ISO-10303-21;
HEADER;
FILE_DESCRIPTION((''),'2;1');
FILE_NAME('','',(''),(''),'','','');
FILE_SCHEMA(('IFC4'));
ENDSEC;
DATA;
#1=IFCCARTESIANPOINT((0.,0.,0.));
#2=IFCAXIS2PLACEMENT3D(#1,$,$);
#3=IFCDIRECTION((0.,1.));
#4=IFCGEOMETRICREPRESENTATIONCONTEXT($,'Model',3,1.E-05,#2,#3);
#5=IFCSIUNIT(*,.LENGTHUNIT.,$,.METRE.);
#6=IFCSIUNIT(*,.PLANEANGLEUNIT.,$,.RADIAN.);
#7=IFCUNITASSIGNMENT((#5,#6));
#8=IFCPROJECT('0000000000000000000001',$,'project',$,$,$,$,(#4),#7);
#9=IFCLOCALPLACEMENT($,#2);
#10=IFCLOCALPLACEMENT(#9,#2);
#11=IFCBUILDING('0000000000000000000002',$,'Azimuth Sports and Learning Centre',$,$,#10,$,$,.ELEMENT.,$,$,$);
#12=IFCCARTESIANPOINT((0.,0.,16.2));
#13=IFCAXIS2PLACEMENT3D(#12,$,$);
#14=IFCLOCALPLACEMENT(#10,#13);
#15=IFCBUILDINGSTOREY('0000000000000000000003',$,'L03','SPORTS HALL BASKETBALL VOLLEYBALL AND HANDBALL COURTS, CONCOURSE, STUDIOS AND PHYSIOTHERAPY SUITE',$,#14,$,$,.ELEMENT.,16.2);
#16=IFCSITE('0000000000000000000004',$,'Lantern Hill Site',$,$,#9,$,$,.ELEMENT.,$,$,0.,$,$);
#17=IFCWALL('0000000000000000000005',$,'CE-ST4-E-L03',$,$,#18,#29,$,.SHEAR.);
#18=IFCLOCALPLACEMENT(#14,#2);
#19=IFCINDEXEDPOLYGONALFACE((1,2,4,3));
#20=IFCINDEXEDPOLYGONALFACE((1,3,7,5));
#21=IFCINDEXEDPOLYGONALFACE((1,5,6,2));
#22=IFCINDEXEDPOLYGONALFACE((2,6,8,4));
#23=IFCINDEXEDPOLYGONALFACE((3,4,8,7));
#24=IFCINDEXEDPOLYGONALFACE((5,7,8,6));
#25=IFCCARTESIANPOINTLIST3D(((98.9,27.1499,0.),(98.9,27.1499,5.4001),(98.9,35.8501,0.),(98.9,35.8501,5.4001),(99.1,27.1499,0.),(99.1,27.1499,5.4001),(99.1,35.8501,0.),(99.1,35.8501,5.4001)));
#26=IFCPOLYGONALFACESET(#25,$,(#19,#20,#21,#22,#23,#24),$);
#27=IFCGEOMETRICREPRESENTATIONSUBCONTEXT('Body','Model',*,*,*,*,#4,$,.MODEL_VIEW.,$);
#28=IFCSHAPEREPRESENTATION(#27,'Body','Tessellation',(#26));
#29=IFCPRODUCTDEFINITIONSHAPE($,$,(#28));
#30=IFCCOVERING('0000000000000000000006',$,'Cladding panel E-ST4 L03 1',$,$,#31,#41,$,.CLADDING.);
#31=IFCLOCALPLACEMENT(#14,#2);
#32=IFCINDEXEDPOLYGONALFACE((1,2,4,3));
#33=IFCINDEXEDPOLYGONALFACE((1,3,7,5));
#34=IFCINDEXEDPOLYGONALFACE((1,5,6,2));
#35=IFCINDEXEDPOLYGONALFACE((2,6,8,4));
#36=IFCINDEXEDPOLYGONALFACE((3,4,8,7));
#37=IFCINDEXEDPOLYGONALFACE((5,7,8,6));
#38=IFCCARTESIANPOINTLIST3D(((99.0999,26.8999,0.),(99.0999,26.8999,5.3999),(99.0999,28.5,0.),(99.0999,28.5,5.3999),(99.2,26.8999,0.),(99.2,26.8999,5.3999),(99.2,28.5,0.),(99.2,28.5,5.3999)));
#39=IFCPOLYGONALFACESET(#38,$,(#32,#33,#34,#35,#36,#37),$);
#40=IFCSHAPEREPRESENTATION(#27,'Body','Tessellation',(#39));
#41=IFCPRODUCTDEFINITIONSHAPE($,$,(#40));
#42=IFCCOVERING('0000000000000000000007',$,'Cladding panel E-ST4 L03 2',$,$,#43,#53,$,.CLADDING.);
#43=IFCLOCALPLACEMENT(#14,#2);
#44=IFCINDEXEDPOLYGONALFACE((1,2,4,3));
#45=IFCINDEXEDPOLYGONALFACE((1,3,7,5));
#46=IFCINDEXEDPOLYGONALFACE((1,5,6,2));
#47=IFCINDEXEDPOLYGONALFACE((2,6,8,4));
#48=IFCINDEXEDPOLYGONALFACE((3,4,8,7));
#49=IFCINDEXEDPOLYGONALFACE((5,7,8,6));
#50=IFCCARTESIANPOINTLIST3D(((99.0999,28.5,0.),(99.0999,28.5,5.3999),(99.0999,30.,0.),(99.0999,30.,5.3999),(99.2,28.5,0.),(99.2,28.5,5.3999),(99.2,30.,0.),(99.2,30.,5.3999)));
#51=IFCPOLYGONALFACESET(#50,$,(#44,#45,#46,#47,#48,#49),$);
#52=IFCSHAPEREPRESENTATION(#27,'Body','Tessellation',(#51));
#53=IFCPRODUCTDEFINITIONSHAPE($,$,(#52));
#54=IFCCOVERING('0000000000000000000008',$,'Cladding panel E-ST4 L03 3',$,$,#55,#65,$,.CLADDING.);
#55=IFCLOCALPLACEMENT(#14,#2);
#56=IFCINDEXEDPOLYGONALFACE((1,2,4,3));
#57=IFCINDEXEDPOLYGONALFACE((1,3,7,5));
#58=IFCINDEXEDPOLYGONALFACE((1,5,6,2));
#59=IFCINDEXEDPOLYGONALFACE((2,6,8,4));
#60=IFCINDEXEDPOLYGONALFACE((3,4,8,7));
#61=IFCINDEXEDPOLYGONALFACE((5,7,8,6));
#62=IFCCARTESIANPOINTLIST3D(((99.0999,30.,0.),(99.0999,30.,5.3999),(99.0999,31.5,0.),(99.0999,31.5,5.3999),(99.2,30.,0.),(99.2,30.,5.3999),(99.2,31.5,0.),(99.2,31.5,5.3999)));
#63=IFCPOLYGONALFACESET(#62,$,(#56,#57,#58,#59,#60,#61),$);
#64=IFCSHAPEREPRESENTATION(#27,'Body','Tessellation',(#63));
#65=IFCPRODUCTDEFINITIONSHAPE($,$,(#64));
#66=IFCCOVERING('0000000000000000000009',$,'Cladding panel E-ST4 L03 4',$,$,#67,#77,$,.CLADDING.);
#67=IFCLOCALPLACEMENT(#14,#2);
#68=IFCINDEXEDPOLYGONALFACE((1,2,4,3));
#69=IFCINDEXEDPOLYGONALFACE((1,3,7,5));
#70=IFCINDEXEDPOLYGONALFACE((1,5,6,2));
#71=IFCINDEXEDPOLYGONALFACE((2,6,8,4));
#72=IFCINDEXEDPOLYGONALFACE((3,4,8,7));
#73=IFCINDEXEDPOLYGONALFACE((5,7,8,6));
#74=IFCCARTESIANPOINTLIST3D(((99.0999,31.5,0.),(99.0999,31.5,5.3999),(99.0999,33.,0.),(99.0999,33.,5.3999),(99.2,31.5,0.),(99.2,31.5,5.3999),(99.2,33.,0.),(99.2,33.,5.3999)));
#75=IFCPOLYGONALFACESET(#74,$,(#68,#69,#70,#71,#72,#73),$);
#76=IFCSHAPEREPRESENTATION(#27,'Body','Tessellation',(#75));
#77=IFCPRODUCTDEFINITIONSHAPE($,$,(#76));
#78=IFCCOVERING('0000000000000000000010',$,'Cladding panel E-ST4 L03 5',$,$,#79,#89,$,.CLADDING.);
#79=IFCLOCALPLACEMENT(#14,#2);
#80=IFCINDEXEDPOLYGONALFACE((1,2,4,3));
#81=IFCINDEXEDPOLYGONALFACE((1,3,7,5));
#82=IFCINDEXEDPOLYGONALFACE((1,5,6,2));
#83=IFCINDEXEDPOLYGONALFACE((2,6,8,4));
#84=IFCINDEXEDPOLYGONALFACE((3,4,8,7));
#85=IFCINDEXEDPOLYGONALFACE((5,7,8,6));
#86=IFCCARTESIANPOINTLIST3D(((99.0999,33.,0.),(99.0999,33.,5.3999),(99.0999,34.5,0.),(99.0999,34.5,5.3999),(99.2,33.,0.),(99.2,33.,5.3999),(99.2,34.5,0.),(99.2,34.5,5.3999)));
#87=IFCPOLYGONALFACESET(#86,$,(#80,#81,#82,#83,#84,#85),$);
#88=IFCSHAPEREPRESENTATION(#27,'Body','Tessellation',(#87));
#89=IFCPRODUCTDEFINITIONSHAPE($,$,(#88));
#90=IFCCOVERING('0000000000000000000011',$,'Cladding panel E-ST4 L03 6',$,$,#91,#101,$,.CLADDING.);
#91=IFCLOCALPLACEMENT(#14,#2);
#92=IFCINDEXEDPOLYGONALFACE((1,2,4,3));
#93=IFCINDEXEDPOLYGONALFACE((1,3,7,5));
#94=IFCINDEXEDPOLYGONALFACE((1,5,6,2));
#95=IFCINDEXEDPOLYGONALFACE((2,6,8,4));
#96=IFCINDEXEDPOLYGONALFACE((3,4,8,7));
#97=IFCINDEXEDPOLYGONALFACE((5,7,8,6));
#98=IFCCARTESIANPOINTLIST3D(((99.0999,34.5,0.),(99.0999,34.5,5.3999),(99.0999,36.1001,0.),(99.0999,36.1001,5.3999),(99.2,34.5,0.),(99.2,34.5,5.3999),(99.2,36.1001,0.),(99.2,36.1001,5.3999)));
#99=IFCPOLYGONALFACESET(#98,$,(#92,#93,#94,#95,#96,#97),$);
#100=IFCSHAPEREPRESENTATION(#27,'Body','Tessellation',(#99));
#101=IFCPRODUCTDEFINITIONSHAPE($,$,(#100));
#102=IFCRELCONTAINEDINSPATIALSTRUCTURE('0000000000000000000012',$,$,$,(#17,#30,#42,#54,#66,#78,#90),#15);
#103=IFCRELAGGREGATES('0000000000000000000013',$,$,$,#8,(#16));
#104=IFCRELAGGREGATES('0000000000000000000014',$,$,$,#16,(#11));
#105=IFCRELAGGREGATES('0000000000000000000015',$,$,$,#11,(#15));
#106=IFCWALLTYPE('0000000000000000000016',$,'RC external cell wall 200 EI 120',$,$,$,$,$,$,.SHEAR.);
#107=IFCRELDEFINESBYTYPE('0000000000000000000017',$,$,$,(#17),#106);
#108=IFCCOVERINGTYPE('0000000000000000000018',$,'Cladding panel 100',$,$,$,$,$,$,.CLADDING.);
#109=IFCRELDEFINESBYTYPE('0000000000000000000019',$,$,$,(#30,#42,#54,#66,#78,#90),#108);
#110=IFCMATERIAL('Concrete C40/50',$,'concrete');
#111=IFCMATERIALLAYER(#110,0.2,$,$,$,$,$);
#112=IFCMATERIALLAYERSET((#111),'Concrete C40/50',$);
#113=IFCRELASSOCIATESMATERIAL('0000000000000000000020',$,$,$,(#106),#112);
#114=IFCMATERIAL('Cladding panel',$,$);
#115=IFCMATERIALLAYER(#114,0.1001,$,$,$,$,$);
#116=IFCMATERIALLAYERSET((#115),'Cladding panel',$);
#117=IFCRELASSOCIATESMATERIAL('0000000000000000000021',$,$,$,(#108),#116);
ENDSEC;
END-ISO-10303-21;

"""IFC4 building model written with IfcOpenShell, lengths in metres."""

from ifc_helpers import new_model, si_unit, direction, frame, frame_2d, origin, origin_2d, place, context, subcontext, project, spatial, rectangle, extrude, material, layer, layer_set, type_object, element, save


model = new_model("IFC4")

# Units and contexts
model_context = context("Model", 3, precision=1e-05, world=origin(), true_north=direction((0.0, 1.0)))
body_context = subcontext(model_context, "Body", "Model", "MODEL_VIEW")
ifc_project = project(units=[si_unit("LENGTHUNIT", "METRE"), si_unit("PLANEANGLEUNIT", "RADIAN")], contexts=[model_context])

# Site, building, storey
site_placement = place(None, origin())
site = spatial("IfcSite", under=ifc_project, at=site_placement, Name="Lantern Hill Site", CompositionType="ELEMENT", RefElevation=0.0)
building_placement = place(site_placement, origin())
building = spatial("IfcBuilding", under=site, at=building_placement, Name="Azimuth Sports and Learning Centre", CompositionType="ELEMENT")
storey_placement = place(building_placement, frame((0.0, 0.0, 16.2)))
storey = spatial("IfcBuildingStorey", under=building, at=storey_placement, Name="L03", Description="SPORTS HALL BASKETBALL VOLLEYBALL AND HANDBALL COURTS, CONCOURSE, STUDIOS AND PHYSIOTHERAPY SUITE", CompositionType="ELEMENT", Elevation=16.2)

# Wall
ifc_material_1 = material(Name="Concrete C40/50", Category="concrete")
ifc_layer_1 = layer(ifc_material_1, 0.2)
ifc_layer_set_1 = layer_set([ifc_layer_1], Name="Concrete C40/50")
wall_type = type_object("IfcWallType", Name="RC external cell wall 200 EI 120", PredefinedType="SHEAR", material=ifc_layer_set_1)
wall_placement = place(storey_placement, frame((99.0, 27.1499, 0.0), z_axis=(0.0, 0.0, 1.0), x_axis=(0.0, 1.0, 0.0)))
element("IfcWall", 1, at=wall_placement, inside=storey, type_object=wall_type, Name="CE-ST4-E-L03", PredefinedType="SHEAR", context=body_context, shape_type="SweptSolid", body=[
    extrude(rectangle(XDim=8.7002, YDim=0.2, at=frame_2d((4.3501, 0.0))), origin(), (0.0, 0.0, 1.0), 5.4001),
])

# Coverings
ifc_material_2 = material(Name="Cladding panel")
ifc_layer_2 = layer(ifc_material_2, 0.1001)
ifc_layer_set_2 = layer_set([ifc_layer_2], Name="Cladding panel")
covering_type = type_object("IfcCoveringType", Name="Cladding panel 100", PredefinedType="CLADDING", material=ifc_layer_set_2)
covering_1_placement = place(storey_placement, frame((99.1499, 27.7, 0.0), z_axis=(0.0, 0.0, 1.0), x_axis=(0.0, 1.0, 0.0)))
element("IfcCovering", 2, at=covering_1_placement, inside=storey, type_object=covering_type, Name="Cladding panel E-ST4 L03 1", PredefinedType="CLADDING", context=body_context, shape_type="SweptSolid", body=[
    extrude(rectangle(XDim=1.6001, YDim=0.1001, at=origin_2d()), origin(), (0.0, 0.0, 1.0), 5.3999),
])
for number, where, z_axis, x_axis, name in (
    (3, (99.1499, 29.25, 0.0), (0.0, 0.0, 1.0), (0.0, 1.0, 0.0), "Cladding panel E-ST4 L03 2"),
    (4, (99.1499, 30.75, 0.0), (0.0, 0.0, 1.0), (0.0, 1.0, 0.0), "Cladding panel E-ST4 L03 3"),
    (5, (99.1499, 32.25, 0.0), (0.0, 0.0, 1.0), (0.0, 1.0, 0.0), "Cladding panel E-ST4 L03 4"),
    (6, (99.1499, 33.75, 0.0), (0.0, 0.0, 1.0), (0.0, 1.0, 0.0), "Cladding panel E-ST4 L03 5"),
):
    element("IfcCovering", number, at=place(storey_placement, frame(where, z_axis=z_axis, x_axis=x_axis)), inside=storey, type_object=covering_type, Name=name, PredefinedType="CLADDING", context=body_context, shape_type="SweptSolid", body=[
        extrude(rectangle(XDim=1.5, YDim=0.1001, at=origin_2d()), origin(), (0.0, 0.0, 1.0), 5.3999),
    ])
covering_2_placement = place(storey_placement, frame((99.1499, 35.3, 0.0), z_axis=(0.0, 0.0, 1.0), x_axis=(0.0, 1.0, 0.0)))
element("IfcCovering", 7, at=covering_2_placement, inside=storey, type_object=covering_type, Name="Cladding panel E-ST4 L03 6", PredefinedType="CLADDING", context=body_context, shape_type="SweptSolid", body=[
    extrude(rectangle(XDim=1.6001, YDim=0.1001, at=origin_2d()), origin(), (0.0, 0.0, 1.0), 5.3999),
])

save(model, "model.ifc")
